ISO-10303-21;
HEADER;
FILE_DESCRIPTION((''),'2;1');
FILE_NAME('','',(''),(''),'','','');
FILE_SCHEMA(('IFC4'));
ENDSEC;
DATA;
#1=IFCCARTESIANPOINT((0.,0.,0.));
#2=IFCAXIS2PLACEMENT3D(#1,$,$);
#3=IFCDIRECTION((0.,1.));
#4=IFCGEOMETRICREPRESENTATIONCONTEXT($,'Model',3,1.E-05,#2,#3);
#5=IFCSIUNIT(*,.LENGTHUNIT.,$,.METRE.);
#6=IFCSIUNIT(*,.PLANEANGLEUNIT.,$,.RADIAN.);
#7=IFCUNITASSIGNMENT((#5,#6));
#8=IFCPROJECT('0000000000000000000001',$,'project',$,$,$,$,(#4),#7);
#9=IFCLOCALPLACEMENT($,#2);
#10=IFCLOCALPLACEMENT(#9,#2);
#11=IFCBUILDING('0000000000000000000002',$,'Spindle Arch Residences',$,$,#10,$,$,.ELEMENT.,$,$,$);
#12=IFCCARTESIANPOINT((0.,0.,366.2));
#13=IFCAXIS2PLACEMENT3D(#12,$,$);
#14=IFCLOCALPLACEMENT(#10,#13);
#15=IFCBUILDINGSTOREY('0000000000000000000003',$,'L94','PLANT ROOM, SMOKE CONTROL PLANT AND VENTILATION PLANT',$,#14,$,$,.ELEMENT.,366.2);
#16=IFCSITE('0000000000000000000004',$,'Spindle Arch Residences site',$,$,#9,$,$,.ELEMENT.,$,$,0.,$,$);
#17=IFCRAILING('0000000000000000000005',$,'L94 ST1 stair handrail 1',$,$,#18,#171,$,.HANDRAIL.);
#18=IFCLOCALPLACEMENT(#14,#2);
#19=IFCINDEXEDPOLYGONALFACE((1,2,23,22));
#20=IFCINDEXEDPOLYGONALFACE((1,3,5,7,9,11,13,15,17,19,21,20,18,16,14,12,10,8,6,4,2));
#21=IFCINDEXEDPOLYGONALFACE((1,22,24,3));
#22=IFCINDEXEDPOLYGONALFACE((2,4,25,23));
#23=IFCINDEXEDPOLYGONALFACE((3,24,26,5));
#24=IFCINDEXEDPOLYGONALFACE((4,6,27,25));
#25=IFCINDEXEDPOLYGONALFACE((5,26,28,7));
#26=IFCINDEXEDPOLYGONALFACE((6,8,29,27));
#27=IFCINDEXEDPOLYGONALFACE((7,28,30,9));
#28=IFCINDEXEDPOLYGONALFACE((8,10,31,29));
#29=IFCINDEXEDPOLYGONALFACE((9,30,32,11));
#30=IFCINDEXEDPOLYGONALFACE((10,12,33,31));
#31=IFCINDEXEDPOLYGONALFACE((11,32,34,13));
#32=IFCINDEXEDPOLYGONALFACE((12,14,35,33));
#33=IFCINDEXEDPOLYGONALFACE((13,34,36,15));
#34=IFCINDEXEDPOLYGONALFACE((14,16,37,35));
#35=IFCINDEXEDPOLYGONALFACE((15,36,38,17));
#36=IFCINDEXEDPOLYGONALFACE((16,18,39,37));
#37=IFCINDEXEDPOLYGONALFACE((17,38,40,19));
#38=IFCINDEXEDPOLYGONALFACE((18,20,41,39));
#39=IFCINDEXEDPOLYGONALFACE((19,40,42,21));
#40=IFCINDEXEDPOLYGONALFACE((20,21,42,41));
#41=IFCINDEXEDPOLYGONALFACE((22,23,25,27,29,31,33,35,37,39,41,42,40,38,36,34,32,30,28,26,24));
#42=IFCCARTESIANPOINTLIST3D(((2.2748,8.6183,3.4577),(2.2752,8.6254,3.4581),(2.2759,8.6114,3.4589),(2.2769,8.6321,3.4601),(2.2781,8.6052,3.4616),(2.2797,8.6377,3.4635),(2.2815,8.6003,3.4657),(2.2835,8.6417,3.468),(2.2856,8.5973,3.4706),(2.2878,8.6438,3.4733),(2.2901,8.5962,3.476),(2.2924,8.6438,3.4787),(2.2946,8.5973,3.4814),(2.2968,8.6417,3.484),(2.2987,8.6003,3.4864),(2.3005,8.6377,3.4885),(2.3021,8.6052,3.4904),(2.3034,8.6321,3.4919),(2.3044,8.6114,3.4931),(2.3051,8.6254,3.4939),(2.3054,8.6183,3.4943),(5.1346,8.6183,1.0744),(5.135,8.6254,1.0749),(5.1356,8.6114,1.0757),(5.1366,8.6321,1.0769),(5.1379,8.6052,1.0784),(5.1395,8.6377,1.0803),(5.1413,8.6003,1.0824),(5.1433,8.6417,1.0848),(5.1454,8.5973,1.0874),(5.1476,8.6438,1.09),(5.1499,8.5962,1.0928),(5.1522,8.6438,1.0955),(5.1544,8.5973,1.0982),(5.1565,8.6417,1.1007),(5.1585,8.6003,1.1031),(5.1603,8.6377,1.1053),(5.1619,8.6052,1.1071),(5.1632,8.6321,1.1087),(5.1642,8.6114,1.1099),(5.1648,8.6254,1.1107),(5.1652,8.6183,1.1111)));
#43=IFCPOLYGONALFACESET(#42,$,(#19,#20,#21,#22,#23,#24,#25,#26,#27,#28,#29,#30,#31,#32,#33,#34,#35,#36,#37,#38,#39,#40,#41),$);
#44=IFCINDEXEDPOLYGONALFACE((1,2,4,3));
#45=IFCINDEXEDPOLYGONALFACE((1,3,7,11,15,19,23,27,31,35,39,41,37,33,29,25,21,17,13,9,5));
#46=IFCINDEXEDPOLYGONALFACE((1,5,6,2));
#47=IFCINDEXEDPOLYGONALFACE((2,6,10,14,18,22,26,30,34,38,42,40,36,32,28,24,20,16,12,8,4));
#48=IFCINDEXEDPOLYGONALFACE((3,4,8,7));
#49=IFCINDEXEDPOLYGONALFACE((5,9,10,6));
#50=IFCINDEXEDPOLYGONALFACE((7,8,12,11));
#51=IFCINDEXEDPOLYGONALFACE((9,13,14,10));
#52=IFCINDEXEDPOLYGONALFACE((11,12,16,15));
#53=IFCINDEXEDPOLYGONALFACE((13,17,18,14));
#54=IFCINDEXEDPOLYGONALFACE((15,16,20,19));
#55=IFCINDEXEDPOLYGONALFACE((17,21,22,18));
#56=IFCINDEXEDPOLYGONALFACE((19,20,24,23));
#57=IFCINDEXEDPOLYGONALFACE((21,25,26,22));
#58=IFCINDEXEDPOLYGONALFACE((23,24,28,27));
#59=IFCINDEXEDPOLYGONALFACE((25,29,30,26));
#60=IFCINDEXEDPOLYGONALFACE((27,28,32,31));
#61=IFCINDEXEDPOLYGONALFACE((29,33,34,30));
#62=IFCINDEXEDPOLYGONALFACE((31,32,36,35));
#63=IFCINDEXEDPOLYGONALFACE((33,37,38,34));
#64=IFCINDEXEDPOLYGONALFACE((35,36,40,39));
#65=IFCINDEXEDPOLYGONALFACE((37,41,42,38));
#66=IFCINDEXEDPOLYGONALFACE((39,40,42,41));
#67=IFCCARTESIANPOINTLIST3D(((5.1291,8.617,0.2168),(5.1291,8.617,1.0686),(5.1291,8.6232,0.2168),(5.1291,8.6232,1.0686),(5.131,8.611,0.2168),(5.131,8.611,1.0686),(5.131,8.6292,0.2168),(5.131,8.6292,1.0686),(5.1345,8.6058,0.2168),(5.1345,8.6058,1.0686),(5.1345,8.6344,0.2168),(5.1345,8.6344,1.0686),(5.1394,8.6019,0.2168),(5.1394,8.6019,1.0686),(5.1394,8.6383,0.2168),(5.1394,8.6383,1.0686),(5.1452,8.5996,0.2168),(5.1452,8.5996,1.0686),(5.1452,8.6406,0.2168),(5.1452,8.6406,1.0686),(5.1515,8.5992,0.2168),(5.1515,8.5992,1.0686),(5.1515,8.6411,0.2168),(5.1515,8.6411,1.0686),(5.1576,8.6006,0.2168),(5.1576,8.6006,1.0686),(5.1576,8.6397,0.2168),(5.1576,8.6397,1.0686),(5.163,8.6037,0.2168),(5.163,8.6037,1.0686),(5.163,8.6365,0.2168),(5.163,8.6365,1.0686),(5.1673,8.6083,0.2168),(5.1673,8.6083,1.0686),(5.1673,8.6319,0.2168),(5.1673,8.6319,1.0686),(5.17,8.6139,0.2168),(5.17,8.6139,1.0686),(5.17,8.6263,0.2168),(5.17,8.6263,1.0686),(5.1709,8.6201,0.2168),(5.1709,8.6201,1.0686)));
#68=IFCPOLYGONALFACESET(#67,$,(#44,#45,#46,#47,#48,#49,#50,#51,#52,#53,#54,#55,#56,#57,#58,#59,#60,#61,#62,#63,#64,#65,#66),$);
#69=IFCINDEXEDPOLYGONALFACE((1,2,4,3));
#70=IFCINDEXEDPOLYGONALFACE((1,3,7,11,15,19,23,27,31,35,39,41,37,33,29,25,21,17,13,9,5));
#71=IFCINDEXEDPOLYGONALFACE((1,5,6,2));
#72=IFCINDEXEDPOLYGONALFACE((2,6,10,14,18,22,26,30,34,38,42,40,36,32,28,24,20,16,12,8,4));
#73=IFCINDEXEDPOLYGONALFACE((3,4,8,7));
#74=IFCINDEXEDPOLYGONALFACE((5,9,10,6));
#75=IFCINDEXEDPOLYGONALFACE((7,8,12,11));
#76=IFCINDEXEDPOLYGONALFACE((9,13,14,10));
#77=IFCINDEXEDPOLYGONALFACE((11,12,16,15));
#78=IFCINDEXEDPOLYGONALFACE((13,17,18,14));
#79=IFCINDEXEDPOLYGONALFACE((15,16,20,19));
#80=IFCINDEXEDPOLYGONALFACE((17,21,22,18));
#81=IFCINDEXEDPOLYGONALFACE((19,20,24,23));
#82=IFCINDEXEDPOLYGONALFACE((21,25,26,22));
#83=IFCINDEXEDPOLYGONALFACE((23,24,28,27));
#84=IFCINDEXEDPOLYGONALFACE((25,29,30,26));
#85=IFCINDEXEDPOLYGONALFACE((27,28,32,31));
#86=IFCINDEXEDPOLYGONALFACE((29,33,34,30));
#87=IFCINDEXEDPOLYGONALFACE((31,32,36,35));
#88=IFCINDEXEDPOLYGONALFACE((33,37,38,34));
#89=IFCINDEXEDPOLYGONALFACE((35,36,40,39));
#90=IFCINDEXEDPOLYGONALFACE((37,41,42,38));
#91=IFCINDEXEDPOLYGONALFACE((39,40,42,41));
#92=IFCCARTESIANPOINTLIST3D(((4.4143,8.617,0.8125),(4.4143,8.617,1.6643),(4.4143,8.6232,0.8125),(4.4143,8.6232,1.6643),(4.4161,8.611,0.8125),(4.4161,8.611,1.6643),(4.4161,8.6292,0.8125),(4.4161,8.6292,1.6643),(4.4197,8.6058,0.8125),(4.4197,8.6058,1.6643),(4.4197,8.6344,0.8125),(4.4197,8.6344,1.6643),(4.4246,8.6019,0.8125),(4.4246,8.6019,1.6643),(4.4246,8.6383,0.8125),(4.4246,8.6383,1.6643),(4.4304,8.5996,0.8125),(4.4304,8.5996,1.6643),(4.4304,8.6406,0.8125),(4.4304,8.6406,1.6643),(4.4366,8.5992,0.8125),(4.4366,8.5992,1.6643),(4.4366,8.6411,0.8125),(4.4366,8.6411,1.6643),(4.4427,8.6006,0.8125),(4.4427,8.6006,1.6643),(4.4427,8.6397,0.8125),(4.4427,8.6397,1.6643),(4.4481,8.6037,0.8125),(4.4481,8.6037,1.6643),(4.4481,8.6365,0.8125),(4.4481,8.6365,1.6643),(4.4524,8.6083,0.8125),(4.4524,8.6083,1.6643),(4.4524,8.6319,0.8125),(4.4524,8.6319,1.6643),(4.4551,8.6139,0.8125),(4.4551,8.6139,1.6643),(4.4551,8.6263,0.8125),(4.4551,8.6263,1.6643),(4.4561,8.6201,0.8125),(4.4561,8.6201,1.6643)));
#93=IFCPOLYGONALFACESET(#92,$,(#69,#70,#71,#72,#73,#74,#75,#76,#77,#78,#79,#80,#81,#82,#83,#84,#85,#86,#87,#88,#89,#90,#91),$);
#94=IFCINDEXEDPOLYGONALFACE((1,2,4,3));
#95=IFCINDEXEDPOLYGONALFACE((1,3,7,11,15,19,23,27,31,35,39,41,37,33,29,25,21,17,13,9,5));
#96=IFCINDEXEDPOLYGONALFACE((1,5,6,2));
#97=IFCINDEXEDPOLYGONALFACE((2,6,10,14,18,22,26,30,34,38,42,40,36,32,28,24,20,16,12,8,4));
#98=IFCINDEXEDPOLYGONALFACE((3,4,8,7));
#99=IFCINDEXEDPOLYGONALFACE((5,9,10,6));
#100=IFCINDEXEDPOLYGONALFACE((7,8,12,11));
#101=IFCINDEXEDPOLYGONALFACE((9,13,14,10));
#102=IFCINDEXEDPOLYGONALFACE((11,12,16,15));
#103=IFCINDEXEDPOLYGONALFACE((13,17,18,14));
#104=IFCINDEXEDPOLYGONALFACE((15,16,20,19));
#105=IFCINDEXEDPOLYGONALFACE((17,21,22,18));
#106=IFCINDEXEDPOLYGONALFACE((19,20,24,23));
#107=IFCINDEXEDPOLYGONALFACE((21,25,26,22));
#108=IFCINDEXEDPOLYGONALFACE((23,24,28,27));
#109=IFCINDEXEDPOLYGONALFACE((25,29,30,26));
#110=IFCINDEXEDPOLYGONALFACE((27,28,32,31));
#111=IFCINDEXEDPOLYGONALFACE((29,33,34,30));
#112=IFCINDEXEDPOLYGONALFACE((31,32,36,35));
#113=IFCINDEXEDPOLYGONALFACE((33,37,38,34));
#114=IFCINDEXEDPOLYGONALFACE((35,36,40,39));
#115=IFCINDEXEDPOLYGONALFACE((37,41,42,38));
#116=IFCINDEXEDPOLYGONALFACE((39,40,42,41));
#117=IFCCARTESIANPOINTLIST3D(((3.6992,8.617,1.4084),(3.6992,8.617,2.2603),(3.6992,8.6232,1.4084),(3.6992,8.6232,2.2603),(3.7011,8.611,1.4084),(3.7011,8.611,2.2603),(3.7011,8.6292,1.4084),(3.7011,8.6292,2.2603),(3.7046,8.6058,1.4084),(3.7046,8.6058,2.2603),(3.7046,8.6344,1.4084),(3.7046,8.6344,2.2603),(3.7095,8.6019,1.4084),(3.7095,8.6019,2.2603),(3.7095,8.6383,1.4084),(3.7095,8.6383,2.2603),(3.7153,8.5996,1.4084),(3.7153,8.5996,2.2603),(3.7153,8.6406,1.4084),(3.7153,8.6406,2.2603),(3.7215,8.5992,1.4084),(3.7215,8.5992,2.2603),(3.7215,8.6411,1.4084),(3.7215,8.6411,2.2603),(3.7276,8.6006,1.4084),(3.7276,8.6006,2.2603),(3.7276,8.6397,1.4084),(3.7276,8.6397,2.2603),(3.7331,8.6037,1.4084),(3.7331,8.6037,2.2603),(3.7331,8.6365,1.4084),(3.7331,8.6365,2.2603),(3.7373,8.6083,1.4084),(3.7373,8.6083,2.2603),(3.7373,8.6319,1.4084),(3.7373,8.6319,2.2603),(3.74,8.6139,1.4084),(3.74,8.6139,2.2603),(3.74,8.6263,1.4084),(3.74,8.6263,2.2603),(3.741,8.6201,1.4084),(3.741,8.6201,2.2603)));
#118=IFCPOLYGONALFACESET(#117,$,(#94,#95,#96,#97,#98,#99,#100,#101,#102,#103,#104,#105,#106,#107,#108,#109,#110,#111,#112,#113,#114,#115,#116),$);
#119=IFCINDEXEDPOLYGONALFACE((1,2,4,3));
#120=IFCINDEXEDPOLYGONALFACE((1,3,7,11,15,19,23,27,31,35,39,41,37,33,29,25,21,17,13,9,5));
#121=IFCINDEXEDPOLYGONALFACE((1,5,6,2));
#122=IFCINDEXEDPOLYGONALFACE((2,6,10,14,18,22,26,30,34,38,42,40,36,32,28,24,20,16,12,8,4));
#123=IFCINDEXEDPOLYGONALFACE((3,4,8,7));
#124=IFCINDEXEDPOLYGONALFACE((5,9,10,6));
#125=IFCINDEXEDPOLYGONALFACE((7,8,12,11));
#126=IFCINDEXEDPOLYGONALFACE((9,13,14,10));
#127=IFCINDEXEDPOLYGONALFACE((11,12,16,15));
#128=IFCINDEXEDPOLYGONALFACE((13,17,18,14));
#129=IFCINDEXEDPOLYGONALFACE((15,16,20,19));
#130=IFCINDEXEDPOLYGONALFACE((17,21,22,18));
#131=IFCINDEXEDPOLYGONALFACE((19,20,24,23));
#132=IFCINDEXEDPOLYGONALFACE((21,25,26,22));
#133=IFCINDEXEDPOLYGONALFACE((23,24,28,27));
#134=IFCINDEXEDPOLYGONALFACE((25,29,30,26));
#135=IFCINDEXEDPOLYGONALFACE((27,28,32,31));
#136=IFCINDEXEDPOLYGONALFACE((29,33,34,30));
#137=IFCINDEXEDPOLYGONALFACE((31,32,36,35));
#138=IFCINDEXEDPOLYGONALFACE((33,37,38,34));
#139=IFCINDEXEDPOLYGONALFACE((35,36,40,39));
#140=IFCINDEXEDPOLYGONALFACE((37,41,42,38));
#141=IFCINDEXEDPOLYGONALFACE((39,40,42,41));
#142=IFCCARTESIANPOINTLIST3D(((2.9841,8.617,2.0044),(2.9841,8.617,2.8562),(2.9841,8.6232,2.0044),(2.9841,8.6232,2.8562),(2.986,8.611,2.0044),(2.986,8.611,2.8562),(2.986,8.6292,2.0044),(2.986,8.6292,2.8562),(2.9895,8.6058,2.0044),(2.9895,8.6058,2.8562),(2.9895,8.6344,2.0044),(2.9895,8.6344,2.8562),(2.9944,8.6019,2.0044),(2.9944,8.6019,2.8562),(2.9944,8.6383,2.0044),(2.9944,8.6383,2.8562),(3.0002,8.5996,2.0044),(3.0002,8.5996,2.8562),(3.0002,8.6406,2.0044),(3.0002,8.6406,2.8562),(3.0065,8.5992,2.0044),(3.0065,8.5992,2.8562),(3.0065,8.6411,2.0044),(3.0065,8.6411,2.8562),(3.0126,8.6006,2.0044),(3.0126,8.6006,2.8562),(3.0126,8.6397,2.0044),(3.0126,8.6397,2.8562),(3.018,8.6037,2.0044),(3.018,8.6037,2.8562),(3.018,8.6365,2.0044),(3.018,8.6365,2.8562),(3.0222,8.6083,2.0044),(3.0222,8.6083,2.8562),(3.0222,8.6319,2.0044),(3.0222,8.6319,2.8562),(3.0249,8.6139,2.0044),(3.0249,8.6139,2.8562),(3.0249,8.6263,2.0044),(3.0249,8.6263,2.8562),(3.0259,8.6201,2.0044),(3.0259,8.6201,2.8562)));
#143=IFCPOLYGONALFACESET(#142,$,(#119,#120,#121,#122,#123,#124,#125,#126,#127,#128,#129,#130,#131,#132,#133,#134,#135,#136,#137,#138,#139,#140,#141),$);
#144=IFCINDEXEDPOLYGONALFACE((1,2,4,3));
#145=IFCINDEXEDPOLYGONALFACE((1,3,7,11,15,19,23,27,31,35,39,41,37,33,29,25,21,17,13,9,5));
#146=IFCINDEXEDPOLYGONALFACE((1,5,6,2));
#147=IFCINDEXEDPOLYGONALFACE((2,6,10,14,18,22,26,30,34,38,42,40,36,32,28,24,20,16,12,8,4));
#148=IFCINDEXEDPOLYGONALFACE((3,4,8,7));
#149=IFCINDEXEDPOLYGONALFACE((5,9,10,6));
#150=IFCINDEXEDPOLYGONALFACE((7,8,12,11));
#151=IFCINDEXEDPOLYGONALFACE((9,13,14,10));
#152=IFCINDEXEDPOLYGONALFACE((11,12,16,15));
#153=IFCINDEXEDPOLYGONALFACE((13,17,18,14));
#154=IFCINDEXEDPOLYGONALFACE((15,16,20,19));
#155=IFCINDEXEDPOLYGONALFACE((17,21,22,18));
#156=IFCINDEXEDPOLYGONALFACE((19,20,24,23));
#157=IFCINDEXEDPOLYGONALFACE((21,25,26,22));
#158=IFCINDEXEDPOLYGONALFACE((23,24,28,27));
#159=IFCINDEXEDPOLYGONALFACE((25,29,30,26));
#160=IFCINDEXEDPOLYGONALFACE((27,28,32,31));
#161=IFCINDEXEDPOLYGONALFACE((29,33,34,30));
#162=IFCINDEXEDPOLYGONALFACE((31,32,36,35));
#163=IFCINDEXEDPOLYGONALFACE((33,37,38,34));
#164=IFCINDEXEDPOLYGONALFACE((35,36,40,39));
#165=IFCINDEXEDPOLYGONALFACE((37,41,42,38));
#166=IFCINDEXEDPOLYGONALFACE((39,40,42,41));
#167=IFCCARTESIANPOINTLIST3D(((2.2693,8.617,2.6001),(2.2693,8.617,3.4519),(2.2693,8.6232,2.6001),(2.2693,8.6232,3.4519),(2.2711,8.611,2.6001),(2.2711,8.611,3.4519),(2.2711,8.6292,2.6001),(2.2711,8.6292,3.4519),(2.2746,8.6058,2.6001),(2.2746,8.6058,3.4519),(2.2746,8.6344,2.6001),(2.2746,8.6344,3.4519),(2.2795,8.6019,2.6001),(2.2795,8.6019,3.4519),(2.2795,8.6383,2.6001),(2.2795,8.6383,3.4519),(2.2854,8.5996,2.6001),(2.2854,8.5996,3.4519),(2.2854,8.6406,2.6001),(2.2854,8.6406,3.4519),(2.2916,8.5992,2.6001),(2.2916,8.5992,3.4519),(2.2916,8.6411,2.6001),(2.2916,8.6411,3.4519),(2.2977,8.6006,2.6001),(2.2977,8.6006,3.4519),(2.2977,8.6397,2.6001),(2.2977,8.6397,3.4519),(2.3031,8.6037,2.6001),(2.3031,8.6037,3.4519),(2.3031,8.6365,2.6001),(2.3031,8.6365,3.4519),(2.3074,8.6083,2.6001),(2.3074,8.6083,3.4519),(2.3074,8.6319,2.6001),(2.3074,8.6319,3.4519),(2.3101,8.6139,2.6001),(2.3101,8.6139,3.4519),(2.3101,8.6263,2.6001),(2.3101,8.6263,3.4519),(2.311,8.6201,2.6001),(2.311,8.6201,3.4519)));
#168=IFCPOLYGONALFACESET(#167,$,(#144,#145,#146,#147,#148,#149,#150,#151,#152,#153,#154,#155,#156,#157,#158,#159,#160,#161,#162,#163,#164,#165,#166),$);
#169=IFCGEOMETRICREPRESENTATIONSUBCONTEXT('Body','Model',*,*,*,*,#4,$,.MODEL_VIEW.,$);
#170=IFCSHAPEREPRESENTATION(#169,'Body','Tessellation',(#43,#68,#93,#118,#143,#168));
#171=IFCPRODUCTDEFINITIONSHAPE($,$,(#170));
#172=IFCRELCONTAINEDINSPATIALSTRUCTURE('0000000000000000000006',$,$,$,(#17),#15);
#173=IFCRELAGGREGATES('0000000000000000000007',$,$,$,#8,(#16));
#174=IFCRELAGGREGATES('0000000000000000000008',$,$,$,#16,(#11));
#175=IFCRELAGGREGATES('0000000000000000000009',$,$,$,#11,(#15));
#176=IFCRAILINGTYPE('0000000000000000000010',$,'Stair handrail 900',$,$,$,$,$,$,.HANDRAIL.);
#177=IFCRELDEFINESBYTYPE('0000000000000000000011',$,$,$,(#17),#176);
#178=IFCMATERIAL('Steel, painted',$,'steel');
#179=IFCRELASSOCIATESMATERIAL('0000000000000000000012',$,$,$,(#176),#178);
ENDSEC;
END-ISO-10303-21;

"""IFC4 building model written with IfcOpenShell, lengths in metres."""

from ifc_helpers import new_model, si_unit, direction, frame, origin, origin_2d, place, context, subcontext, project, spatial, circle, extrude, material, type_object, element, save


model = new_model("IFC4")

# Units and contexts
model_context = context("Model", 3, precision=1e-05, world=origin(), true_north=direction((0.0, 1.0)))
body_context = subcontext(model_context, "Body", "Model", "MODEL_VIEW")
ifc_project = project(units=[si_unit("LENGTHUNIT", "METRE"), si_unit("PLANEANGLEUNIT", "RADIAN")], contexts=[model_context])

# Site, building, storey
site_placement = place(None, origin())
site = spatial("IfcSite", under=ifc_project, at=site_placement, Name="Spindle Arch Residences site", CompositionType="ELEMENT", RefElevation=0.0)
building_placement = place(site_placement, origin())
building = spatial("IfcBuilding", under=site, at=building_placement, Name="Spindle Arch Residences", CompositionType="ELEMENT")
storey_placement = place(building_placement, frame((0.0, 0.0, 366.2)))
storey = spatial("IfcBuildingStorey", under=building, at=storey_placement, Name="L94", Description="PLANT ROOM, SMOKE CONTROL PLANT AND VENTILATION PLANT", CompositionType="ELEMENT", Elevation=366.2)

# Railing
ifc_material_1 = material(Name="Steel, painted", Category="steel")
railing_type_1 = type_object("IfcRailingType", Name="Stair handrail 900", PredefinedType="HANDRAIL", material=ifc_material_1)
railing_1_placement = place(storey_placement, frame((5.1499, 8.6201, 0.2168)))
element("IfcRailing", 1, at=railing_1_placement, inside=storey, type_object=railing_type_1, Name="L94 ST1 stair handrail 1", PredefinedType="HANDRAIL", context=body_context, shape_type="SweptSolid", body=[
    extrude(circle(Radius=0.0239, at=origin_2d()), frame((0.0, 0.0, 0.876), z_axis=(-0.768211, 0.0, 0.640197), x_axis=(0.0, -1.0, 0.0)), (0.0, 0.0, 1.0), 3.7227),
    extrude(circle(Radius=0.021, at=origin_2d()), origin(), (0.0, 0.0, 1.0), 0.8518),
    extrude(circle(Radius=0.021, at=origin_2d()), frame((-0.7148, 0.0, 0.5957)), (0.0, 0.0, 1.0), 0.8518),
    extrude(circle(Radius=0.021, at=origin_2d()), frame((-1.4299, 0.0, 1.1917)), (0.0, 0.0, 1.0), 0.8518),
    extrude(circle(Radius=0.021, at=origin_2d()), frame((-2.145, 0.0, 1.7876)), (0.0, 0.0, 1.0), 0.8518),
    extrude(circle(Radius=0.021, at=origin_2d()), frame((-2.8599, 0.0, 2.3833)), (0.0, 0.0, 1.0), 0.8518),
])

save(model, "model.ifc")
